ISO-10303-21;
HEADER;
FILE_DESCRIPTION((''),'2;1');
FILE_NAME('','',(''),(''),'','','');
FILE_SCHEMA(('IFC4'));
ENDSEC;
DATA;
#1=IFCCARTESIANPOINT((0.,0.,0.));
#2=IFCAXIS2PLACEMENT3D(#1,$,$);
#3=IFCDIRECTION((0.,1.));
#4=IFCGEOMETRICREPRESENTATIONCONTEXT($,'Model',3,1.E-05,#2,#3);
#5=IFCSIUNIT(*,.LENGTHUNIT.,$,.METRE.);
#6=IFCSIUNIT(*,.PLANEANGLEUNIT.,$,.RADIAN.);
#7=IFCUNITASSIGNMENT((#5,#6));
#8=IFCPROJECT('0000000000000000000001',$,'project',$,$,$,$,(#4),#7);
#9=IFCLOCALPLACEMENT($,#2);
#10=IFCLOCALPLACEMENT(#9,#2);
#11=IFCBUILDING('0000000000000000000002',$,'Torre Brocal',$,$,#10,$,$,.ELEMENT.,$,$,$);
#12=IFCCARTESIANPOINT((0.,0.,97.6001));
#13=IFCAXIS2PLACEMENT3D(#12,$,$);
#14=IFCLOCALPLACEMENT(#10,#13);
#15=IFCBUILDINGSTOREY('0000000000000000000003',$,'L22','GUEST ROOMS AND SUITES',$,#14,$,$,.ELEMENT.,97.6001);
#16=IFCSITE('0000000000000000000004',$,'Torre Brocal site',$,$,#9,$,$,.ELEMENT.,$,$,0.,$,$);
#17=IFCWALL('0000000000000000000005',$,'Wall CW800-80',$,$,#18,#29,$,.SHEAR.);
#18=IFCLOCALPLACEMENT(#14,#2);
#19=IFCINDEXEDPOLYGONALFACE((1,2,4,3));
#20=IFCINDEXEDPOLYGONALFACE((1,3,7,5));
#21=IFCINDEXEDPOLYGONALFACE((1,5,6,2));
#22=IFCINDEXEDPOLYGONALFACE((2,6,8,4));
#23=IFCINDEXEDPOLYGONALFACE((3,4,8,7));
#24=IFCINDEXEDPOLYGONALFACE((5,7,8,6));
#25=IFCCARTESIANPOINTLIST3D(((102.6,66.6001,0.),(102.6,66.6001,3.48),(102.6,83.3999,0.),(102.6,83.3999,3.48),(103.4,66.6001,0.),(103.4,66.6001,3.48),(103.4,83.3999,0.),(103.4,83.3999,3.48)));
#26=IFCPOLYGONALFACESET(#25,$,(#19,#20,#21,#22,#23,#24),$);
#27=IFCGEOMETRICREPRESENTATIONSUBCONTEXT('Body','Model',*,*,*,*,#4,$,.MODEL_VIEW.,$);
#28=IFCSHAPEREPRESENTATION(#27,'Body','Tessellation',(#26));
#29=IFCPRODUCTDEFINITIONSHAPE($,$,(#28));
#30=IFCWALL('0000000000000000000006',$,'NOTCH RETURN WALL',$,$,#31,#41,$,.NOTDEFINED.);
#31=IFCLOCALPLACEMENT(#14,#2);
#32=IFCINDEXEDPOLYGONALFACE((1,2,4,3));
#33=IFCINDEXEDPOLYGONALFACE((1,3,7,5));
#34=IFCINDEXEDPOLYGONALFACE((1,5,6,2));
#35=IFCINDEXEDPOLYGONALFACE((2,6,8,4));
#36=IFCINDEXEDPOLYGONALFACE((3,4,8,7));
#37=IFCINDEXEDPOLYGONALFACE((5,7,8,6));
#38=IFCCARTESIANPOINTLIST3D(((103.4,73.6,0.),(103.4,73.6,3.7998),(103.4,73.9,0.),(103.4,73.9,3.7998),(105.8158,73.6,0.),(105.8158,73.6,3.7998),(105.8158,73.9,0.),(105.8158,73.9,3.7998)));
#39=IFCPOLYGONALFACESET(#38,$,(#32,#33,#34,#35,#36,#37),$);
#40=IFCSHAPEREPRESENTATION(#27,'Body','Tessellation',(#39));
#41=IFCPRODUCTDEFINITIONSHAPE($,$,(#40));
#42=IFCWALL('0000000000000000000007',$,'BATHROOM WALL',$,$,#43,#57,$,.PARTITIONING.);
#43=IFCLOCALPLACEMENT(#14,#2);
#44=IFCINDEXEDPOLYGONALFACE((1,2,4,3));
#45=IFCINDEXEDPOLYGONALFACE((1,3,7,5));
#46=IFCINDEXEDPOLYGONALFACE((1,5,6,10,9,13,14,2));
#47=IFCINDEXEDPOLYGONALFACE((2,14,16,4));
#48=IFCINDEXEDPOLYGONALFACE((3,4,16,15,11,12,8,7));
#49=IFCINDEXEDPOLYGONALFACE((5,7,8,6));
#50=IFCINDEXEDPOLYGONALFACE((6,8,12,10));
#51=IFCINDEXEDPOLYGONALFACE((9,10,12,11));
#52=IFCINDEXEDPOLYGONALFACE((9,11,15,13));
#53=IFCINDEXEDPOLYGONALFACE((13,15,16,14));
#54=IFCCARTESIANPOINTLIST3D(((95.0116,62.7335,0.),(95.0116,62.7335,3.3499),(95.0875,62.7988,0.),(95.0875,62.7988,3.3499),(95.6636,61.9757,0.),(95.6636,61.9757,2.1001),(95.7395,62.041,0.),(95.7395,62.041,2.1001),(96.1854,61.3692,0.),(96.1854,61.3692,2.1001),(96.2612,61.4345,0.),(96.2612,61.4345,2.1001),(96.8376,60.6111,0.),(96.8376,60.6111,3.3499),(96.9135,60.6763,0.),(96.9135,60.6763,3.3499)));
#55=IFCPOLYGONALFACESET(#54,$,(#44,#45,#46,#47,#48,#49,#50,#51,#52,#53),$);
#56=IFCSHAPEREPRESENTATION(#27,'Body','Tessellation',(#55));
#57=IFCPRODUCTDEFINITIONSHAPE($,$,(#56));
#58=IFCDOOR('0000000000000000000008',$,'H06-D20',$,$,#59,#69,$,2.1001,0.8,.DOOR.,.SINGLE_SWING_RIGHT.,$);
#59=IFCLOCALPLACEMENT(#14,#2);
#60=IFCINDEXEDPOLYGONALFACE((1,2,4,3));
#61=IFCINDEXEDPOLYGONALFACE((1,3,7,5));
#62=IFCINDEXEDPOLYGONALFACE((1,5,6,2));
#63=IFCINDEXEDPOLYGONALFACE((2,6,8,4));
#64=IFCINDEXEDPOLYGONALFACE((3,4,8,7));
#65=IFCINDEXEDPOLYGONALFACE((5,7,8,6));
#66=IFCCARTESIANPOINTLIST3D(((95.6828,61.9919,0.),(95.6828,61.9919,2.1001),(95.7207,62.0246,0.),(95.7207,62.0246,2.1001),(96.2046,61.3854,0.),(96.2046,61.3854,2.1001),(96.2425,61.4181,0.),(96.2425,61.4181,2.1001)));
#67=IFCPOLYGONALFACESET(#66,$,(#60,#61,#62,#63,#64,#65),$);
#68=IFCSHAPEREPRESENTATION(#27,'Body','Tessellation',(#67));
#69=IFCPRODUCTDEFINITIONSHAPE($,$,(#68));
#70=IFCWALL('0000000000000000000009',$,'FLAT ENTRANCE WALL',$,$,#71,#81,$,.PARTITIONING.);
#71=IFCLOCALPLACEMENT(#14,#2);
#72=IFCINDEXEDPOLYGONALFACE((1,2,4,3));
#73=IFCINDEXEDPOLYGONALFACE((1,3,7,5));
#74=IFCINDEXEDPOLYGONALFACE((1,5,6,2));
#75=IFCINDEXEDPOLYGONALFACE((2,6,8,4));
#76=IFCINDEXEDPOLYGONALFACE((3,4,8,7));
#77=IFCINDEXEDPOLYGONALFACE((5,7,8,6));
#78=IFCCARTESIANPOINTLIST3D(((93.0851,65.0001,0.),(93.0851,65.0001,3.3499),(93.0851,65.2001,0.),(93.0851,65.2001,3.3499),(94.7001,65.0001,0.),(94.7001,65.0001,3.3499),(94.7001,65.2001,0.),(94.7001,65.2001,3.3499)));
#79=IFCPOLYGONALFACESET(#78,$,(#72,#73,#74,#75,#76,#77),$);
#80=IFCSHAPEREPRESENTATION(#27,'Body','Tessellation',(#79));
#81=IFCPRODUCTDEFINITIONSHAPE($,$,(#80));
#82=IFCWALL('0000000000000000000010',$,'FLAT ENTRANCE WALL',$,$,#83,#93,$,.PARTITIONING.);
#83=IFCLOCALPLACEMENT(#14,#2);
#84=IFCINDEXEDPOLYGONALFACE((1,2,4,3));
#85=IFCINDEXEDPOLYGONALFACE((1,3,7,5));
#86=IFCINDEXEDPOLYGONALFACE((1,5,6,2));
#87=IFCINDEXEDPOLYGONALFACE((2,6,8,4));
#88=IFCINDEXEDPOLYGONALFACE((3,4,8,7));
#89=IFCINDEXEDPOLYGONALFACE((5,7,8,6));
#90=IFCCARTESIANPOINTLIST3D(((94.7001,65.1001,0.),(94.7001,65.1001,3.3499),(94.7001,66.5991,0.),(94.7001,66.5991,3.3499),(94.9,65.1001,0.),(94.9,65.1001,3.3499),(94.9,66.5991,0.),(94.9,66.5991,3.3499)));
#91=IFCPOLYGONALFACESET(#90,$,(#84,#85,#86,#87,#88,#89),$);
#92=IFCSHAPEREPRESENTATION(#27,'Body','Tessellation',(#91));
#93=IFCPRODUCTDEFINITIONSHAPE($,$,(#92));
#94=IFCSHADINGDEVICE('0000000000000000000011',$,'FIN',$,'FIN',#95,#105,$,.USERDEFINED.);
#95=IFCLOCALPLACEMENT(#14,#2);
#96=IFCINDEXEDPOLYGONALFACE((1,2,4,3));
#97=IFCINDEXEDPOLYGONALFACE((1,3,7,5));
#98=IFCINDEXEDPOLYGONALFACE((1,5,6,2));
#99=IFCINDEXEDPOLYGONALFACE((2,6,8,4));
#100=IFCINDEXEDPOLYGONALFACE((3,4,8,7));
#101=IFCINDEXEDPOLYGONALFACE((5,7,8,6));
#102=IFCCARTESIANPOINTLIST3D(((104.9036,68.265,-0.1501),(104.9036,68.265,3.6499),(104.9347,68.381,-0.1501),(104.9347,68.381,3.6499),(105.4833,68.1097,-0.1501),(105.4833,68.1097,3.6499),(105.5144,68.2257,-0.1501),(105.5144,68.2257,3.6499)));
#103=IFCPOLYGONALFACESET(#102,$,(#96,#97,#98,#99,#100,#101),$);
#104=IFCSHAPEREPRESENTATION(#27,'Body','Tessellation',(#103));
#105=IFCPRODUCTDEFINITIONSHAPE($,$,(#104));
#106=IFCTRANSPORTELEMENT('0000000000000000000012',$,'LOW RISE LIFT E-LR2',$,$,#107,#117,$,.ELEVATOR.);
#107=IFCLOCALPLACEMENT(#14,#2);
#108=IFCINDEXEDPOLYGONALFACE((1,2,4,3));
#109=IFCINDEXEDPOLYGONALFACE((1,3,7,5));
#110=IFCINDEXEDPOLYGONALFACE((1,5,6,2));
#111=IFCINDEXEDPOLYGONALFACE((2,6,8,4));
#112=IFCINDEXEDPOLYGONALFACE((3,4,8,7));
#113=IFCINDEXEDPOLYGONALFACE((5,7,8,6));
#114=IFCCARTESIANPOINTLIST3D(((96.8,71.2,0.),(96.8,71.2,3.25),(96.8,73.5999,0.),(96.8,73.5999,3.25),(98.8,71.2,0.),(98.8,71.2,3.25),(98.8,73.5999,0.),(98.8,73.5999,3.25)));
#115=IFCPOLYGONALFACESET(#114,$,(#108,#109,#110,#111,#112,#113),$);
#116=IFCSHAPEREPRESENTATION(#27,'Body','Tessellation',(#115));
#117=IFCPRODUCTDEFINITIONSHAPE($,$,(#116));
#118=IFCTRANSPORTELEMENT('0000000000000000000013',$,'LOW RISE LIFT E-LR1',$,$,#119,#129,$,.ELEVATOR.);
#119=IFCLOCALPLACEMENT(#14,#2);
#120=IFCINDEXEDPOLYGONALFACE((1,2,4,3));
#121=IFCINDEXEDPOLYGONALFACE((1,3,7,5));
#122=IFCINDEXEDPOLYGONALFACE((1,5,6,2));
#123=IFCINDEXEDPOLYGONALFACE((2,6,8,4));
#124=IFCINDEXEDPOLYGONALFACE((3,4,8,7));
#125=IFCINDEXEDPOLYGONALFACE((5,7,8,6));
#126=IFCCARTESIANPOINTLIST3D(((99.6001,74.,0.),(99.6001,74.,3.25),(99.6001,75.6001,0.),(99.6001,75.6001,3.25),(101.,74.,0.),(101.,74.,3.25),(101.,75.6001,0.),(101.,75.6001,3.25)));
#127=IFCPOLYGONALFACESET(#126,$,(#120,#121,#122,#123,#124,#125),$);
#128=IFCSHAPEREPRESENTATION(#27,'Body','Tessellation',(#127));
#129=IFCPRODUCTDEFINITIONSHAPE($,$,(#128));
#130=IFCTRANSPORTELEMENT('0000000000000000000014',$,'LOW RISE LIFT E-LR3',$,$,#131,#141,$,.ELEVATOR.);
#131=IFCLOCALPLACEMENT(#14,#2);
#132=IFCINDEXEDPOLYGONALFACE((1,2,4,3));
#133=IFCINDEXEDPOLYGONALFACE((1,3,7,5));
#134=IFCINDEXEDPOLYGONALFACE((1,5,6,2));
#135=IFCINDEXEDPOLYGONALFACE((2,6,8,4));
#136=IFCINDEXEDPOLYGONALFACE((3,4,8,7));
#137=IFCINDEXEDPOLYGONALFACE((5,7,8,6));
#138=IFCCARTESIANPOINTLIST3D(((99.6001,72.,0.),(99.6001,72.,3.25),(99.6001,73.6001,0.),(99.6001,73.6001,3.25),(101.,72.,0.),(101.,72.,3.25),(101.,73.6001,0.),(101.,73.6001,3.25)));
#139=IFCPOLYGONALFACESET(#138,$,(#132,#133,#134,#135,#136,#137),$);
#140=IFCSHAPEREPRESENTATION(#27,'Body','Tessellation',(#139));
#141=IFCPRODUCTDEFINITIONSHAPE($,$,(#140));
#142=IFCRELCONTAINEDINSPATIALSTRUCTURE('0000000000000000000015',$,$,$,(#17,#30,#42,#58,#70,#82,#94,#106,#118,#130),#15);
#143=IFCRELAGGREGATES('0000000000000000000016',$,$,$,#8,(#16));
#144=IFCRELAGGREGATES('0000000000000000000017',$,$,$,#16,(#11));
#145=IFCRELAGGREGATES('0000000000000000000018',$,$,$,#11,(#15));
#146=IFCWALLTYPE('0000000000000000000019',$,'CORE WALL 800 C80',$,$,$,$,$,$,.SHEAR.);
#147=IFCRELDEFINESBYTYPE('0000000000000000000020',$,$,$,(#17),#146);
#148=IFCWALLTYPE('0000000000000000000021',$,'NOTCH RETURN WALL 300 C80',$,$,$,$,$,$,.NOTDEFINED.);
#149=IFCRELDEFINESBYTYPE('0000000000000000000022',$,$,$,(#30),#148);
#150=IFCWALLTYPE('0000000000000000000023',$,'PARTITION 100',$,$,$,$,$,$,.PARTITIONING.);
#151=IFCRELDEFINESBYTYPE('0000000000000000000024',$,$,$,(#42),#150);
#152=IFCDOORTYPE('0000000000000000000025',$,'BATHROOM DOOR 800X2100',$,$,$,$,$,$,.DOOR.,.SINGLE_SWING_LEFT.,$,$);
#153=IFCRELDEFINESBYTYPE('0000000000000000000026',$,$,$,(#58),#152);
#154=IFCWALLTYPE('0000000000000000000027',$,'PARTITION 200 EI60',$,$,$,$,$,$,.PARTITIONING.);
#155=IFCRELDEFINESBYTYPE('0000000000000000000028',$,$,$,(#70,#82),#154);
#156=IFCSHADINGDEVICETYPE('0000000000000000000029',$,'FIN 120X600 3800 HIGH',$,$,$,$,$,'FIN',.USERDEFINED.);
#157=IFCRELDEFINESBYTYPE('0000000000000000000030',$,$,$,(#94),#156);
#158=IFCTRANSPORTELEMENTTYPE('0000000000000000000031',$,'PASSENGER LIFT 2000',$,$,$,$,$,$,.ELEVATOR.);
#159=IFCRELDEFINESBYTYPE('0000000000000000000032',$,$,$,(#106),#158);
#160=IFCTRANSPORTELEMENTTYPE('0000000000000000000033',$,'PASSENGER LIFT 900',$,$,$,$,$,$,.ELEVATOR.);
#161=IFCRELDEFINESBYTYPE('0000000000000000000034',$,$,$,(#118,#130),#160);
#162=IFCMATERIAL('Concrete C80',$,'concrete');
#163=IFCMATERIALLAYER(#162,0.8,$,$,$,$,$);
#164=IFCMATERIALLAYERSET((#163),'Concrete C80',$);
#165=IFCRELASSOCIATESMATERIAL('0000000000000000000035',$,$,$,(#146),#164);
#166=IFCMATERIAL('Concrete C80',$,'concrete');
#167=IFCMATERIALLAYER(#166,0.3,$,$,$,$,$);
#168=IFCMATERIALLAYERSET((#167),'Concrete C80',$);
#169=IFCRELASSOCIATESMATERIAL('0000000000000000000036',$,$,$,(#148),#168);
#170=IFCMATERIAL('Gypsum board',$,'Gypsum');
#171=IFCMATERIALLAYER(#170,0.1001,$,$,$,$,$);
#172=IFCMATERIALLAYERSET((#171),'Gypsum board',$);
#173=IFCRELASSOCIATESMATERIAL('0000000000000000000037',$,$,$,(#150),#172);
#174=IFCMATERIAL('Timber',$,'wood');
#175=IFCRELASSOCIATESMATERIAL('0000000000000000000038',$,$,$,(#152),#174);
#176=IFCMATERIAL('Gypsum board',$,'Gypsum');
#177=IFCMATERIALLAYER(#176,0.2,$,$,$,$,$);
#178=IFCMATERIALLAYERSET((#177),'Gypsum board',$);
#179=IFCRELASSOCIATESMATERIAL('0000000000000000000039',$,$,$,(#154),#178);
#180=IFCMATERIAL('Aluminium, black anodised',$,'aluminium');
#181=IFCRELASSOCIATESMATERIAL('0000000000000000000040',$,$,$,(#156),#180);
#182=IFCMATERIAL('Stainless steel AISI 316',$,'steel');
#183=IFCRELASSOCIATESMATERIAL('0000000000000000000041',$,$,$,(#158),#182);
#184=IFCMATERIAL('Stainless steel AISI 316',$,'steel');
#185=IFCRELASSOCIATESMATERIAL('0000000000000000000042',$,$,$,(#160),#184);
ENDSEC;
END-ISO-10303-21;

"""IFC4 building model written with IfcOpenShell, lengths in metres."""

from ifc_helpers import new_model, si_unit, direction, frame, frame_2d, origin, origin_2d, place, context, subcontext, project, spatial, rectangle, extrude, material, layer, layer_set, material_profile, profile_set, type_object, element, fill, save


model = new_model("IFC4")

# Units and contexts
model_context = context("Model", 3, precision=1e-05, world=origin(), true_north=direction((0.0, 1.0)))
body_context = subcontext(model_context, "Body", "Model", "MODEL_VIEW")
ifc_project = project(units=[si_unit("LENGTHUNIT", "METRE"), si_unit("PLANEANGLEUNIT", "RADIAN")], contexts=[model_context])

# Site, building, storey
site_placement = place(None, origin())
site = spatial("IfcSite", under=ifc_project, at=site_placement, Name="Torre Brocal site", CompositionType="ELEMENT", RefElevation=0.0)
building_placement = place(site_placement, origin())
building = spatial("IfcBuilding", under=site, at=building_placement, Name="Torre Brocal", CompositionType="ELEMENT")
storey_placement = place(building_placement, frame((0.0, 0.0, 97.6001)))
storey = spatial("IfcBuildingStorey", under=building, at=storey_placement, Name="L22", Description="GUEST ROOMS AND SUITES", CompositionType="ELEMENT", Elevation=97.6001)

# Walls
ifc_material_1 = material(Name="Concrete C80", Category="concrete")
ifc_layer_1 = layer(ifc_material_1, 0.8)
ifc_layer_set_1 = layer_set([ifc_layer_1], Name="Concrete C80")
wall_type_1 = type_object("IfcWallType", Name="CORE WALL 800 C80", PredefinedType="SHEAR", material=ifc_layer_set_1)
wall_1_placement = place(storey_placement, frame((103.0, 66.6001, 0.0), z_axis=(0.0, 0.0, 1.0), x_axis=(0.0, 1.0, 0.0)))
element("IfcWall", 1, at=wall_1_placement, inside=storey, type_object=wall_type_1, Name="Wall CW800-80", PredefinedType="SHEAR", context=body_context, shape_type="SweptSolid", body=[
    extrude(rectangle(XDim=16.7998, YDim=0.8, at=frame_2d((8.3999, 0.0))), origin(), (0.0, 0.0, 1.0), 3.48),
])
ifc_material_2 = material(Name="Concrete C80", Category="concrete")
ifc_layer_2 = layer(ifc_material_2, 0.3)
ifc_layer_set_2 = layer_set([ifc_layer_2], Name="Concrete C80")
wall_type_2 = type_object("IfcWallType", Name="NOTCH RETURN WALL 300 C80", PredefinedType="NOTDEFINED", material=ifc_layer_set_2)
wall_2_placement = place(storey_placement, frame((103.3999, 73.75, 0.0), z_axis=(0.0, 0.0, 1.0), x_axis=(1.0, 0.0, 0.0)))
element("IfcWall", 2, at=wall_2_placement, inside=storey, type_object=wall_type_2, Name="NOTCH RETURN WALL", PredefinedType="NOTDEFINED", context=body_context, shape_type="SweptSolid", body=[
    extrude(rectangle(XDim=2.4158, YDim=0.3, at=frame_2d((1.208, 0.0))), origin(), (0.0, 0.0, 1.0), 3.7998),
])

# Wall, opening, door
ifc_material_3 = material(Name="Gypsum board", Category="Gypsum")
ifc_layer_3 = layer(ifc_material_3, 0.1001)
ifc_layer_set_3 = layer_set([ifc_layer_3], Name="Gypsum board")
wall_type_3 = type_object("IfcWallType", Name="PARTITION 100", PredefinedType="PARTITIONING", material=ifc_layer_set_3)
wall_3_placement = place(storey_placement, frame((95.0496, 62.7661, 0.0), z_axis=(0.0, 0.0, 1.0), x_axis=(0.652191, -0.758055, 0.0)))
wall_3 = element("IfcWall", 3, at=wall_3_placement, inside=storey, type_object=wall_type_3, Name="BATHROOM WALL", PredefinedType="PARTITIONING", context=body_context, shape_type="SweptSolid", body=[
    extrude(rectangle(XDim=2.7998, YDim=0.1001, at=frame_2d((1.3999, 0.0))), origin(), (0.0, 0.0, 1.0), 3.3499),
])
opening_placement = place(wall_3_placement, frame((0.9998, 0.0, 0.0)))
opening = element("IfcOpeningElement", 4, at=opening_placement, cuts=wall_3, PredefinedType="OPENING", context=body_context, shape_type="SweptSolid", body=[
    extrude(rectangle(XDim=0.8, YDim=2.1001, at=frame_2d((0.3999, 1.05))), frame((0.0, 0.0601, 0.0), z_axis=(0.0, -1.0, 0.0), x_axis=(1.0, 0.0, 0.0)), (0.0, 0.0, 1.0), 0.1201),
])
ifc_material_4 = material(Name="Timber", Category="wood")
door_type = type_object("IfcDoorType", Name="BATHROOM DOOR 800X2100", OperationType="SINGLE_SWING_LEFT", PredefinedType="DOOR", material=ifc_material_4)
door_placement = place(opening_placement, frame((0.8, 0.0, 0.0), z_axis=(0.0, 0.0, 1.0), x_axis=(-1.0, 0.0, 0.0)))
door = element("IfcDoor", 5, at=door_placement, inside=storey, type_object=door_type, Name="H06-D20", OperationType="SINGLE_SWING_RIGHT", OverallHeight=2.1001, OverallWidth=0.8, PredefinedType="DOOR", context=body_context, shape_type="SweptSolid", body=[
    extrude(rectangle(XDim=0.8, YDim=2.1001, at=frame_2d((0.3999, 1.05))), frame((0.0, 0.0249, 0.0), z_axis=(0.0, -1.0, 0.0), x_axis=(1.0, 0.0, 0.0)), (0.0, 0.0, 1.0), 0.05),
])
fill(opening, door)

# Walls
ifc_material_5 = material(Name="Gypsum board", Category="Gypsum")
ifc_layer_4 = layer(ifc_material_5, 0.2)
ifc_layer_set_4 = layer_set([ifc_layer_4], Name="Gypsum board")
wall_type_4 = type_object("IfcWallType", Name="PARTITION 200 EI60", PredefinedType="PARTITIONING", material=ifc_layer_set_4)
wall_4_placement = place(storey_placement, frame((93.085, 65.1001, 0.0), z_axis=(0.0, 0.0, 1.0), x_axis=(1.0, 0.0, 0.0)))
element("IfcWall", 6, at=wall_4_placement, inside=storey, type_object=wall_type_4, Name="FLAT ENTRANCE WALL", PredefinedType="PARTITIONING", context=body_context, shape_type="SweptSolid", body=[
    extrude(rectangle(XDim=1.615, YDim=0.2, at=frame_2d((0.8076, 0.0))), origin(), (0.0, 0.0, 1.0), 3.3499),
])
wall_5_placement = place(storey_placement, frame((94.8, 65.1001, 0.0), z_axis=(0.0, 0.0, 1.0), x_axis=(0.0, 1.0, 0.0)))
element("IfcWall", 7, at=wall_5_placement, inside=storey, type_object=wall_type_4, Name="FLAT ENTRANCE WALL", PredefinedType="PARTITIONING", context=body_context, shape_type="SweptSolid", body=[
    extrude(rectangle(XDim=1.499, YDim=0.2, at=frame_2d((0.7495, 0.0))), origin(), (0.0, 0.0, 1.0), 3.3499),
])

# Shading device
ifc_material_6 = material(Name="Aluminium, black anodised", Category="aluminium")
ifc_material_profile_1 = material_profile(ifc_material_6, rectangle(XDim=0.1201, YDim=0.6001, at=origin_2d()), Name="FIN 120X600 3800 HIGH")
ifc_profile_set_1 = profile_set([ifc_material_profile_1], Name="Aluminium, black anodised")
shading_device_type = type_object("IfcShadingDeviceType", Name="FIN 120X600 3800 HIGH", ElementType="FIN", PredefinedType="USERDEFINED", material=ifc_profile_set_1)
shading_device_placement = place(storey_placement, frame((105.209, 68.2454, -0.1501), z_axis=(0.0, 0.0, 1.0), x_axis=(0.258819, 0.965926, 0.0)))
element("IfcShadingDevice", 8, at=shading_device_placement, inside=storey, type_object=shading_device_type, Name="FIN", ObjectType="FIN", PredefinedType="USERDEFINED", context=body_context, shape_type="SweptSolid", body=[
    extrude(rectangle(XDim=0.1201, YDim=0.6001, at=origin_2d()), origin(), (0.0, 0.0, 1.0), 3.8),
])

# Transport elements
ifc_material_7 = material(Name="Stainless steel AISI 316", Category="steel")
transport_element_type_1 = type_object("IfcTransportElementType", Name="PASSENGER LIFT 2000", PredefinedType="ELEVATOR", material=ifc_material_7)
transport_element_placement = place(storey_placement, frame((97.8, 72.3999, 0.0), z_axis=(0.0, 0.0, 1.0), x_axis=(1.0, 0.0, 0.0)))
element("IfcTransportElement", 9, at=transport_element_placement, inside=storey, type_object=transport_element_type_1, Name="LOW RISE LIFT E-LR2", PredefinedType="ELEVATOR", context=body_context, shape_type="SweptSolid", body=[
    extrude(rectangle(XDim=2.0, YDim=2.3999, at=origin_2d()), origin(), (0.0, 0.0, 1.0), 3.25),
])
ifc_material_8 = material(Name="Stainless steel AISI 316", Category="steel")
transport_element_type_2 = type_object("IfcTransportElementType", Name="PASSENGER LIFT 900", PredefinedType="ELEVATOR", material=ifc_material_8)
for number, where, z_axis, x_axis, name in (
    (10, (100.3, 74.8, 0.0), (0.0, 0.0, 1.0), (1.0, 0.0, 0.0), "LOW RISE LIFT E-LR1"),
    (11, (100.3, 72.8, 0.0), (0.0, 0.0, 1.0), (1.0, 0.0, 0.0), "LOW RISE LIFT E-LR3"),
):
    element("IfcTransportElement", number, at=place(storey_placement, frame(where, z_axis=z_axis, x_axis=x_axis)), inside=storey, type_object=transport_element_type_2, Name=name, PredefinedType="ELEVATOR", context=body_context, shape_type="SweptSolid", body=[
        extrude(rectangle(XDim=1.3999, YDim=1.6001, at=origin_2d()), origin(), (0.0, 0.0, 1.0), 3.25),
    ])

save(model, "model.ifc")
